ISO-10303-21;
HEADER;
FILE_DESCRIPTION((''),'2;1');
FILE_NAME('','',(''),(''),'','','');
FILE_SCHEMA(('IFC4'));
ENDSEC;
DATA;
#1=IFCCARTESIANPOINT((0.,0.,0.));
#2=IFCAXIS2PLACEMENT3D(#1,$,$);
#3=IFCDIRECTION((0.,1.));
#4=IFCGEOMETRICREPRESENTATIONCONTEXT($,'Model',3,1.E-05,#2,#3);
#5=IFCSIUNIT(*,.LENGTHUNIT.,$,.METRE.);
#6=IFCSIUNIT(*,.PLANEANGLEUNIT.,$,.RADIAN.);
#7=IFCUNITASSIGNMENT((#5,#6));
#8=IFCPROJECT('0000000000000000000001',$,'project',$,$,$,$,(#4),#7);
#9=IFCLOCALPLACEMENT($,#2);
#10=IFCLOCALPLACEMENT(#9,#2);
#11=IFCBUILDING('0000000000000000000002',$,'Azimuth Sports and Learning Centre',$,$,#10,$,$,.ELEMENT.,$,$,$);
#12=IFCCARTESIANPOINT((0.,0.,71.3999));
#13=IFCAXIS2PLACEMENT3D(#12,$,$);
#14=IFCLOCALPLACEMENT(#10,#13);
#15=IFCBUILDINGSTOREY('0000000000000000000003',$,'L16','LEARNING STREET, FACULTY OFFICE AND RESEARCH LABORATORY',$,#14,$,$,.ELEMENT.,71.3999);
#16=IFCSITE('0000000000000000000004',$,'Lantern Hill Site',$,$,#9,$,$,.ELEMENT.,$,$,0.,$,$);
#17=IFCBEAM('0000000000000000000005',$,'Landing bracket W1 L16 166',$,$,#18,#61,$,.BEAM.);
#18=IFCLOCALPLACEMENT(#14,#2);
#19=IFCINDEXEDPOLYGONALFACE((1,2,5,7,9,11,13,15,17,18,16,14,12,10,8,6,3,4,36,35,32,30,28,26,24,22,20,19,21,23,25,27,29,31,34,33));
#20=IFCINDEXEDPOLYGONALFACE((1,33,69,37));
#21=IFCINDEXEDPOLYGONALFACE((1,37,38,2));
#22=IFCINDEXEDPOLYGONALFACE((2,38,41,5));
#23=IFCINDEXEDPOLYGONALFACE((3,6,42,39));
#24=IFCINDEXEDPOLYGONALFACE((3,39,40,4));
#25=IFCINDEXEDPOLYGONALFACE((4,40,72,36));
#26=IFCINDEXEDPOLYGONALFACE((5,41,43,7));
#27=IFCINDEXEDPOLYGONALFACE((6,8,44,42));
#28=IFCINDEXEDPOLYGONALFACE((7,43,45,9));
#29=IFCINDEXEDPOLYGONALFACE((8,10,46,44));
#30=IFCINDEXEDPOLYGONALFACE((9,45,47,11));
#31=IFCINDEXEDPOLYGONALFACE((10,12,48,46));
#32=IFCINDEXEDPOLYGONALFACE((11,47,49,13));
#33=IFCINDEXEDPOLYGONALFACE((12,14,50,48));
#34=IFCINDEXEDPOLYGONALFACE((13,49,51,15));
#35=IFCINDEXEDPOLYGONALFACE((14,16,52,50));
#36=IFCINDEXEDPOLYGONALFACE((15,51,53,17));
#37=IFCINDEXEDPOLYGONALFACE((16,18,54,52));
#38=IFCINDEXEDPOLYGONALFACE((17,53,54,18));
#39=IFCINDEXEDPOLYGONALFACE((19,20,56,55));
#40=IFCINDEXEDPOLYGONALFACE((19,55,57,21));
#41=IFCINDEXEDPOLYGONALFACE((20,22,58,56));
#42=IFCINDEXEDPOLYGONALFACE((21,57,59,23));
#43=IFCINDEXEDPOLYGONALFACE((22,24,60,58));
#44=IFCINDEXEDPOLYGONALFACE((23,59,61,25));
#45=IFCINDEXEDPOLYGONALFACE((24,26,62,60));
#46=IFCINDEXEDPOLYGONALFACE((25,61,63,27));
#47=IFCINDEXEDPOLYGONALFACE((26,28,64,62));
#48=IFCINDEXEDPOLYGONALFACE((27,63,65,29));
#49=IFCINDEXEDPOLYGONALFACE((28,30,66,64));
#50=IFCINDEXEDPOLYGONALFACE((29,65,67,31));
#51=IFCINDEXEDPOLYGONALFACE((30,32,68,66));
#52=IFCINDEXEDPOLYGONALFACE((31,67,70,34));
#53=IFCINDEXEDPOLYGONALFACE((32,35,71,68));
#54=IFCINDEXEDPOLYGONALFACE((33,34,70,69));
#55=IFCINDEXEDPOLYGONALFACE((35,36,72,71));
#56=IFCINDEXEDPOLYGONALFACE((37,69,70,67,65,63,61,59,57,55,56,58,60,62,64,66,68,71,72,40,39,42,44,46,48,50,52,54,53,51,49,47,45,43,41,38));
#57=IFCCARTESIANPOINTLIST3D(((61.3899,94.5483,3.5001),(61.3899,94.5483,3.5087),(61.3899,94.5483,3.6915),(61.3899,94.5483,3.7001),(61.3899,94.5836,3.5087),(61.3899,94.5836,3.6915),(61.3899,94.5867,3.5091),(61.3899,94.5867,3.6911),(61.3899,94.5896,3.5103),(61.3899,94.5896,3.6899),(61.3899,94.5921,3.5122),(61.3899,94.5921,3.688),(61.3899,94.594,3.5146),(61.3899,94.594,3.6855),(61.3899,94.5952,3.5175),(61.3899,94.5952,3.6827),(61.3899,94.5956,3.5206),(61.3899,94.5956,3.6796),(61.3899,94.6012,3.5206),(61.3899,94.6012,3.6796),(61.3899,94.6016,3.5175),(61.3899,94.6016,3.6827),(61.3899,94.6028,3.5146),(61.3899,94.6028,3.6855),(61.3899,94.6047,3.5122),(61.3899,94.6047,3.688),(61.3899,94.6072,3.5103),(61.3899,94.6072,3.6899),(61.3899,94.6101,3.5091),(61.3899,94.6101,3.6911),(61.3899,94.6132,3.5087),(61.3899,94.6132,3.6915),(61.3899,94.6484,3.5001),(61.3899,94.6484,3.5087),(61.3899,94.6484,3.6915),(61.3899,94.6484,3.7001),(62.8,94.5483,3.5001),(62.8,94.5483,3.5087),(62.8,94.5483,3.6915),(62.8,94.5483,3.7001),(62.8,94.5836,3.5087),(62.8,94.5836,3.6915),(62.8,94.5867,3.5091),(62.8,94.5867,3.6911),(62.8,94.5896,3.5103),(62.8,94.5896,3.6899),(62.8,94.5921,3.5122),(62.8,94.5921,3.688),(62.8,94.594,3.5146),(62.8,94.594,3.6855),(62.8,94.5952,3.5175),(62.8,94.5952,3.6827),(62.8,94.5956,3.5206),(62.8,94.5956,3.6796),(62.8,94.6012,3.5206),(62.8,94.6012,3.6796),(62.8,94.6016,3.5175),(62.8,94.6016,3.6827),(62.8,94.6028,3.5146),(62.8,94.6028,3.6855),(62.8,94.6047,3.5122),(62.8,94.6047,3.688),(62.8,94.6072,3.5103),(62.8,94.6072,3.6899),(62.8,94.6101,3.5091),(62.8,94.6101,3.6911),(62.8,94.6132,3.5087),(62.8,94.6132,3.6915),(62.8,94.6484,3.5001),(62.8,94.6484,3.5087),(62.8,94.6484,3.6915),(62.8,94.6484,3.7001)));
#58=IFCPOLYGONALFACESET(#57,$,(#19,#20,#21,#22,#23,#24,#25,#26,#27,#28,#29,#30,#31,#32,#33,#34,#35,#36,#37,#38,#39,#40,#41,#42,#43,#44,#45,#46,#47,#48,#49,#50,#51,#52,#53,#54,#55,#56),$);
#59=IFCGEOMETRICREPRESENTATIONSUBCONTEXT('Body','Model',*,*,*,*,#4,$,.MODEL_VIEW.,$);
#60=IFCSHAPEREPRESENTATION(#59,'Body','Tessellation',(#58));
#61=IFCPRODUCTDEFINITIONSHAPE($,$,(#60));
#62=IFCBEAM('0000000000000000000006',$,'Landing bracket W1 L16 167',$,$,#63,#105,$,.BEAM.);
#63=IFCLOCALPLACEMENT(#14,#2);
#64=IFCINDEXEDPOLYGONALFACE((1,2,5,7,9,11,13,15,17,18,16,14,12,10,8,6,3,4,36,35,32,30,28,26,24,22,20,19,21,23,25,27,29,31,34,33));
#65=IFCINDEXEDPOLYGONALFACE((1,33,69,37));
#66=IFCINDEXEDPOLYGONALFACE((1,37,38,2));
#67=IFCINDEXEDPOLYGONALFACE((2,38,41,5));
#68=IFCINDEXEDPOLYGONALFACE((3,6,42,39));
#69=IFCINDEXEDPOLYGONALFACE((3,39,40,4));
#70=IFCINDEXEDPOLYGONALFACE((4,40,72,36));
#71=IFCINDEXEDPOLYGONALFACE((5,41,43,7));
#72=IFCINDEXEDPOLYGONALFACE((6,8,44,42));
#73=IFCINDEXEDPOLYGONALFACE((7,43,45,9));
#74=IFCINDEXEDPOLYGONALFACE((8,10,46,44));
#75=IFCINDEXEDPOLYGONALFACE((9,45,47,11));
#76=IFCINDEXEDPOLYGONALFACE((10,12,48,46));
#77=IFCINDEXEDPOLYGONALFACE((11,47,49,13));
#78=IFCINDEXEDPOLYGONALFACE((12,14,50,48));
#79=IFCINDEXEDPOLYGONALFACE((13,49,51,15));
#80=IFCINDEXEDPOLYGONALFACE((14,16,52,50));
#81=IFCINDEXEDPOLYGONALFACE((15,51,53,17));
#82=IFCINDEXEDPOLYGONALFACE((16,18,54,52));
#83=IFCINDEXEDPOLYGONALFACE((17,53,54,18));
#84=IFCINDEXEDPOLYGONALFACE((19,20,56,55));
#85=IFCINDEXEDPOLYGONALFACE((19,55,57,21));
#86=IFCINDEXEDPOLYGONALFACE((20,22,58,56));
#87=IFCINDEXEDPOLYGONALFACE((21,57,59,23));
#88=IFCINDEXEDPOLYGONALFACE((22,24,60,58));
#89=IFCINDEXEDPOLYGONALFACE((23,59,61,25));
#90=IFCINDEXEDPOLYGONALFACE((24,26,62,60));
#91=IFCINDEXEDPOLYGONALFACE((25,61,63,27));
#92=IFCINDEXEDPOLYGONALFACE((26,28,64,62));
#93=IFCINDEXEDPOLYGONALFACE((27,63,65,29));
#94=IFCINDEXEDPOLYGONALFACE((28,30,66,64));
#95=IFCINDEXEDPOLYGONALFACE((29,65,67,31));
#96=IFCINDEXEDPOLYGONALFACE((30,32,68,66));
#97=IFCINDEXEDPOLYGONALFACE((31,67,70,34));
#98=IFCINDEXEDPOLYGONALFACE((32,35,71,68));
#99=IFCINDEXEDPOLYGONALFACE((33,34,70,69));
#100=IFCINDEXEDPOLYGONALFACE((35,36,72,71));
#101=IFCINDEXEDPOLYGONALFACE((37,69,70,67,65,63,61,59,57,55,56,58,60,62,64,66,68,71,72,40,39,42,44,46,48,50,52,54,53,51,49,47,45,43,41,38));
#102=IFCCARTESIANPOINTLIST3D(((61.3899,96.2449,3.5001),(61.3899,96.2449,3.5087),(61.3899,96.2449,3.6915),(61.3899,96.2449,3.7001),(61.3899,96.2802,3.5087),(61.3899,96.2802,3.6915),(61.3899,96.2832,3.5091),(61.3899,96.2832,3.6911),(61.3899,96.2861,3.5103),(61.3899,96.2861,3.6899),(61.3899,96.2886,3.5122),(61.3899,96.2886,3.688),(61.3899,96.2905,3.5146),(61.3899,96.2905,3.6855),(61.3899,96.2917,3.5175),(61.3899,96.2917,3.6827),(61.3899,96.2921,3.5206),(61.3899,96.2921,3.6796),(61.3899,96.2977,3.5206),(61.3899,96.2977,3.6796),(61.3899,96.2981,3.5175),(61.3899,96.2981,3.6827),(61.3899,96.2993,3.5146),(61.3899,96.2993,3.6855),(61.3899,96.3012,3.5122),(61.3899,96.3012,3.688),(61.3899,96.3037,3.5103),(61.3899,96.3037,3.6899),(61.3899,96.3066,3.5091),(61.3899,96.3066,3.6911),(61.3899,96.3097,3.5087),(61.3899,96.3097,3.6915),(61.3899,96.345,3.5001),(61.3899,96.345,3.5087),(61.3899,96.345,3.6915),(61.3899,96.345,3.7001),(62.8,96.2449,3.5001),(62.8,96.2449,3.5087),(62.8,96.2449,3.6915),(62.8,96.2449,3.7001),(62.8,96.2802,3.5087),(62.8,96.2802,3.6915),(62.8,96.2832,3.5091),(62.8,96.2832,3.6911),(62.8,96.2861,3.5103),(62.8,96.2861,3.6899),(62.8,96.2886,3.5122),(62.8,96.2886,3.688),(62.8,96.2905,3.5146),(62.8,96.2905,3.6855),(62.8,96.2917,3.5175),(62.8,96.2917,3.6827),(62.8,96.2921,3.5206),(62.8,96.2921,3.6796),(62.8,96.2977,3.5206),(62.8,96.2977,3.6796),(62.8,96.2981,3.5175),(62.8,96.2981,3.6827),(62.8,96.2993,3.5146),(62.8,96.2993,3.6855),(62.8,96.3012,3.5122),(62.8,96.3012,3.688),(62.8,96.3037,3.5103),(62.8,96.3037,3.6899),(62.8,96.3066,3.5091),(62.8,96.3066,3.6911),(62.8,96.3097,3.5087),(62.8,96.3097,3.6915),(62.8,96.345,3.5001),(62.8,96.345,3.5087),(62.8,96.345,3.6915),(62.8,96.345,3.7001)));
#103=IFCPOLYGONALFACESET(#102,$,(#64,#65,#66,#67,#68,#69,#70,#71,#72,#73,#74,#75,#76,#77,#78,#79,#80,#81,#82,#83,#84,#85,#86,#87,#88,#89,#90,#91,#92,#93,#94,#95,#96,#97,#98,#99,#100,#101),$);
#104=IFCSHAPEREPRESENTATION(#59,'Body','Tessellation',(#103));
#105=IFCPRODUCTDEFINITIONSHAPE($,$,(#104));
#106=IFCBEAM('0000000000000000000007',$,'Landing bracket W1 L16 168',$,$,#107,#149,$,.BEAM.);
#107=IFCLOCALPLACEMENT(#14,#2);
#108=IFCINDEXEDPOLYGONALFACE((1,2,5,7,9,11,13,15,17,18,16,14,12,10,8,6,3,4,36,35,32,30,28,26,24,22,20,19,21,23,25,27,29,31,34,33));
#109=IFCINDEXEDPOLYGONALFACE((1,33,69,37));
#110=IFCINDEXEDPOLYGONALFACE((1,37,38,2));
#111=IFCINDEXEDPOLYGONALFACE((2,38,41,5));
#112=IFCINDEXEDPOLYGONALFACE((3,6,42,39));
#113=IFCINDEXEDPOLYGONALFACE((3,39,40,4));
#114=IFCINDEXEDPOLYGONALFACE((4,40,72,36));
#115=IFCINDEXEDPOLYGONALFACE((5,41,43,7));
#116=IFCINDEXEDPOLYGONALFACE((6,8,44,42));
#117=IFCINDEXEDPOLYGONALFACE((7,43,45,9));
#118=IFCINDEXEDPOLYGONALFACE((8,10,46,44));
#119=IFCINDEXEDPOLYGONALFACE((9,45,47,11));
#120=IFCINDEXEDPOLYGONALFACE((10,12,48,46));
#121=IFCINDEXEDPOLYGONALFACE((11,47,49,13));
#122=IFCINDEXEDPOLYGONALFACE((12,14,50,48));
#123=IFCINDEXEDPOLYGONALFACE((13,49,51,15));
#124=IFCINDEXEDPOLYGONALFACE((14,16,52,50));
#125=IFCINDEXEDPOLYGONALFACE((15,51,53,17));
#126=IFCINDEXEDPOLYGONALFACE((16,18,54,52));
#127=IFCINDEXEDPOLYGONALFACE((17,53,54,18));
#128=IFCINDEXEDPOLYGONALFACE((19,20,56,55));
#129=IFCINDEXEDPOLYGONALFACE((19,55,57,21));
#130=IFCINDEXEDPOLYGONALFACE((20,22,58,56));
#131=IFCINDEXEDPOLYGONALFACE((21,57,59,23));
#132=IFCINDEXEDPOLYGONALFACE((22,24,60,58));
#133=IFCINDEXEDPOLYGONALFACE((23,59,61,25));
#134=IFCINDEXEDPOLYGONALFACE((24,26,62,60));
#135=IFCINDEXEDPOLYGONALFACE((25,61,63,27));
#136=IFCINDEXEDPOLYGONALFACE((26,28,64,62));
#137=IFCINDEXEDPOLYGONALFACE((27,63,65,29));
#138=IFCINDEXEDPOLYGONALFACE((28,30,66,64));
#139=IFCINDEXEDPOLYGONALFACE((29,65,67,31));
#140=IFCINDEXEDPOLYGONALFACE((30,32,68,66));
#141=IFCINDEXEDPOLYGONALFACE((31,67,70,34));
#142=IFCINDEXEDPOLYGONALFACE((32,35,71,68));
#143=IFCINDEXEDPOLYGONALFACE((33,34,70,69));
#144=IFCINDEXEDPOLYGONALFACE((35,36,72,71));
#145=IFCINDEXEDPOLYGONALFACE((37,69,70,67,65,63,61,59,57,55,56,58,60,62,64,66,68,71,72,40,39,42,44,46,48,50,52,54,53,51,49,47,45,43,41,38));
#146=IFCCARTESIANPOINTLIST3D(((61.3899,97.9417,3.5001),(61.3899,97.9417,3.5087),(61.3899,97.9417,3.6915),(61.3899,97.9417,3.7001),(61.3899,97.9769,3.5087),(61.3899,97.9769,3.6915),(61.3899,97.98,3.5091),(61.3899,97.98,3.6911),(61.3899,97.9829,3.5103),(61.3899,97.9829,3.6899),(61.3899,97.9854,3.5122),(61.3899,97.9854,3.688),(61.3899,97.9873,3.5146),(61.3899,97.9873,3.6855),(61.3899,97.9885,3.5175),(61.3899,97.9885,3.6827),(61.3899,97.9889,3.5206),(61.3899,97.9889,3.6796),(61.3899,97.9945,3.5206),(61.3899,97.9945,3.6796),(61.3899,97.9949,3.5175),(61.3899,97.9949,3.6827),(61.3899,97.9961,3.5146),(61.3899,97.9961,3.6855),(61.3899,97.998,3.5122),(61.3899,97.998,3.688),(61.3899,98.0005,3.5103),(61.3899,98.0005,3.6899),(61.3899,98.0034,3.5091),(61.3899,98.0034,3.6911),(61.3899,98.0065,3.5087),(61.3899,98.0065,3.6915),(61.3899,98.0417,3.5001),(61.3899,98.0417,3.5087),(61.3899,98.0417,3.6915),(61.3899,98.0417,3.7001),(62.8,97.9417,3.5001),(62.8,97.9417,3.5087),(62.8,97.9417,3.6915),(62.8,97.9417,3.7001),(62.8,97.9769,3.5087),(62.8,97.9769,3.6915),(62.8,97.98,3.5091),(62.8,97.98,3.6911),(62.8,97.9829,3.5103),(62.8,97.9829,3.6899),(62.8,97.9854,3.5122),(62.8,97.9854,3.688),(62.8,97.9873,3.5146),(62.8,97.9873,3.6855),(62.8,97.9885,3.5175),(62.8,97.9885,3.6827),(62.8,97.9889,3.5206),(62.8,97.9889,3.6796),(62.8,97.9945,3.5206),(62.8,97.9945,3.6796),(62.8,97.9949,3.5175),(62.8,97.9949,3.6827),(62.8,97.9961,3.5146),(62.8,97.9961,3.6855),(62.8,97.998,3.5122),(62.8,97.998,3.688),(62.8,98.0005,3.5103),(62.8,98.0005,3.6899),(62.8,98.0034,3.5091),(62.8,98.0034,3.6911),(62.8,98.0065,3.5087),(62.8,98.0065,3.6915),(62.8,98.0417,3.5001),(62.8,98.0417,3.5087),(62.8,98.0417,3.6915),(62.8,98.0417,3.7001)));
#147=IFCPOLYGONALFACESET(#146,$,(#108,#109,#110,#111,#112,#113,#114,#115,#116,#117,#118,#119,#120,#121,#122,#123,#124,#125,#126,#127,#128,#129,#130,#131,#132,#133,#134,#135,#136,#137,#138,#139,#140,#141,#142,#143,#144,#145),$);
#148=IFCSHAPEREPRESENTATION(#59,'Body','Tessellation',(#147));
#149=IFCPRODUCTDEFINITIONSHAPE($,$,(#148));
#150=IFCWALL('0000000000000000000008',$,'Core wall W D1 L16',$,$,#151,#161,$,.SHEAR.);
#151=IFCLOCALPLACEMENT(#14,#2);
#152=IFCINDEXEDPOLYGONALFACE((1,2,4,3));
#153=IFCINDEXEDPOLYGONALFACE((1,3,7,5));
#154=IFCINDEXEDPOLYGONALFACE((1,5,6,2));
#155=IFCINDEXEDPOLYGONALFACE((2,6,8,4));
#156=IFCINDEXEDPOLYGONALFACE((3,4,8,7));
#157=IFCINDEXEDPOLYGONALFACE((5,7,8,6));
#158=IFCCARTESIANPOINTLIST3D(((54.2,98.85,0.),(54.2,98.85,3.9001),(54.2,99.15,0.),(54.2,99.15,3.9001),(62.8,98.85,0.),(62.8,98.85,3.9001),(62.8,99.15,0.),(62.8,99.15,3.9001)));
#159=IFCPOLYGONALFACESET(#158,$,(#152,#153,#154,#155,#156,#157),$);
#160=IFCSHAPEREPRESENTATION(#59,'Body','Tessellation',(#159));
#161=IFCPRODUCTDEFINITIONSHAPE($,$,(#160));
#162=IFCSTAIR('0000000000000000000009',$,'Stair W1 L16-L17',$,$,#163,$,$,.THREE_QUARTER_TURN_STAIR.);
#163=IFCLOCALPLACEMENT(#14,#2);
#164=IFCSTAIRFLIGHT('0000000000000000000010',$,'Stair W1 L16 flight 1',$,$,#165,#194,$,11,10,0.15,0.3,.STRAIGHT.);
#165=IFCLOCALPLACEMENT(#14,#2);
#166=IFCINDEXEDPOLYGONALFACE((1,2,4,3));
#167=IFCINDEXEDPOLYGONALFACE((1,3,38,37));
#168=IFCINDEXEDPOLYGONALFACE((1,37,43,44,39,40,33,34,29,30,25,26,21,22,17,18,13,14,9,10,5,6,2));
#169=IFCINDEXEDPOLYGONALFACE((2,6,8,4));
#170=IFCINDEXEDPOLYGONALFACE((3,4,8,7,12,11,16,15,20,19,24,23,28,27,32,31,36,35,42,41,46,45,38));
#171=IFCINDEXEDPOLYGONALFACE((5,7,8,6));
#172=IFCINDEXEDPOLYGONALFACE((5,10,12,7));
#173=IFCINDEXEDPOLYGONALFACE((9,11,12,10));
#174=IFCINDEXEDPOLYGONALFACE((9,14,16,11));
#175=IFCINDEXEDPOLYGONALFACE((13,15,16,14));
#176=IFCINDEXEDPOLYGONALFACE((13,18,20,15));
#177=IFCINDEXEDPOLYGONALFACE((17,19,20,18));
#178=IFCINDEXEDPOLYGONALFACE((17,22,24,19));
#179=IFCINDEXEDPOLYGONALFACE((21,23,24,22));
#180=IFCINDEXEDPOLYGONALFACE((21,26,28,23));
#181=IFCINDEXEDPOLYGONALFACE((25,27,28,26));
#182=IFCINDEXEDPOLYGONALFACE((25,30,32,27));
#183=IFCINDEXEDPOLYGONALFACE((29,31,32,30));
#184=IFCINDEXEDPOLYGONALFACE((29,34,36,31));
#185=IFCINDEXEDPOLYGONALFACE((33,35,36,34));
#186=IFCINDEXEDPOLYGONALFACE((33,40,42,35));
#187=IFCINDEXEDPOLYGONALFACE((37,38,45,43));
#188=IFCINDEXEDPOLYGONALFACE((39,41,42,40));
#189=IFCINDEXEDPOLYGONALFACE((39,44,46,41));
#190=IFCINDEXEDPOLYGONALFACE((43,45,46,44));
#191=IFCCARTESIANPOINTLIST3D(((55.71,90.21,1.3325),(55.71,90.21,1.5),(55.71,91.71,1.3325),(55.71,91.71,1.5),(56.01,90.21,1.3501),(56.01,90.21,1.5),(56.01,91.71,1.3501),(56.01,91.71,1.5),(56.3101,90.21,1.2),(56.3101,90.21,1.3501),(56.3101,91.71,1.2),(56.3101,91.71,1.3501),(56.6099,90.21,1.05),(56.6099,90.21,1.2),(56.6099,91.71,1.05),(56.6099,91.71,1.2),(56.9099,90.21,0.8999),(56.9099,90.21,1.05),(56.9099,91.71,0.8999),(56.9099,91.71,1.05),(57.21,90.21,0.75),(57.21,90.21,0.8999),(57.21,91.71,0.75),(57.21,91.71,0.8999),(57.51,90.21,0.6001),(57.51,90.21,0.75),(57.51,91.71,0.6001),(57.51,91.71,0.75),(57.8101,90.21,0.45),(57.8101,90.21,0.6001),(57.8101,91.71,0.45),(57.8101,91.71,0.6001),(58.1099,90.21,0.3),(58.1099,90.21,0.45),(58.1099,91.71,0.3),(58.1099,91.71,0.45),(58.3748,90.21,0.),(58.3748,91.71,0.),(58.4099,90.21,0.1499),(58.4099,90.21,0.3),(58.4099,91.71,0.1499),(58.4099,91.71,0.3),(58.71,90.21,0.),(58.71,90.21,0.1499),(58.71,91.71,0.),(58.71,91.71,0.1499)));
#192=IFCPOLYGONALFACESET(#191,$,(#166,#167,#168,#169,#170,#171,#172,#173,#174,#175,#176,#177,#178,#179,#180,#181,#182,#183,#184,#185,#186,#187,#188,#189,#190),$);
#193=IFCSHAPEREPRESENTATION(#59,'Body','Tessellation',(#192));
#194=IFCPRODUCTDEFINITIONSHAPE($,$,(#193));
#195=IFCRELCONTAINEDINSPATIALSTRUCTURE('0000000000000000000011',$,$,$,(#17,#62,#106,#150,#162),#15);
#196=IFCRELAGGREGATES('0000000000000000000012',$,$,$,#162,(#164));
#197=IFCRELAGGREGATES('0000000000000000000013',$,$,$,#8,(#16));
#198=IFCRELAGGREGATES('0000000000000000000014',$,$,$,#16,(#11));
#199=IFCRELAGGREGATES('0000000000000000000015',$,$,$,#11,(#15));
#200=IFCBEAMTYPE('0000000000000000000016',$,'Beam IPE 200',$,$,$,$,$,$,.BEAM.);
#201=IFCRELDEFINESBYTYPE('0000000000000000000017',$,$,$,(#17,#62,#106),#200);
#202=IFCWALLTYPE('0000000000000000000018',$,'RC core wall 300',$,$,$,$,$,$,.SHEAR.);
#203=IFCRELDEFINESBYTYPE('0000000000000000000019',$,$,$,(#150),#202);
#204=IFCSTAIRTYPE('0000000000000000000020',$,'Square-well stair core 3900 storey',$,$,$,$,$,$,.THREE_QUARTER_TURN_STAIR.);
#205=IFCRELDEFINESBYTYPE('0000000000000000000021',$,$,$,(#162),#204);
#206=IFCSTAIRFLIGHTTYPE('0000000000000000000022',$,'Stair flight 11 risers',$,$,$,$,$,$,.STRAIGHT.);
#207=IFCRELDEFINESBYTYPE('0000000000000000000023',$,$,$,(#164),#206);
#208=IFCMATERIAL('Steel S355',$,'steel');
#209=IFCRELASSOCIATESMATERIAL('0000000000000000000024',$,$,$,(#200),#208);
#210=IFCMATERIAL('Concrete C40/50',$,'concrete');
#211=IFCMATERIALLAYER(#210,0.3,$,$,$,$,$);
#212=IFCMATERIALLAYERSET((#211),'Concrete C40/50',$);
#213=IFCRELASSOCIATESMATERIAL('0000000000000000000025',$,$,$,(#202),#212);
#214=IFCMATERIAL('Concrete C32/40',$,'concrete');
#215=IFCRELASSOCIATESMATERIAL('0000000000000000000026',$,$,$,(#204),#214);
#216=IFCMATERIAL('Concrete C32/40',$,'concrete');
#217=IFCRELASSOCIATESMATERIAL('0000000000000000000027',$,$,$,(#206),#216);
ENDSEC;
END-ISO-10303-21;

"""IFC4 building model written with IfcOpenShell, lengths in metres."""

from ifc_helpers import new_model, si_unit, direction, frame, frame_2d, origin, origin_2d, place, context, subcontext, project, spatial, polyline, rectangle, i_section, outline, extrude, material, layer, layer_set, material_profile, profile_set, type_object, element, aggregate, save


model = new_model("IFC4")

# Units and contexts
model_context = context("Model", 3, precision=1e-05, world=origin(), true_north=direction((0.0, 1.0)))
body_context = subcontext(model_context, "Body", "Model", "MODEL_VIEW")
ifc_project = project(units=[si_unit("LENGTHUNIT", "METRE"), si_unit("PLANEANGLEUNIT", "RADIAN")], contexts=[model_context])

# Site, building, storey
site_placement = place(None, origin())
site = spatial("IfcSite", under=ifc_project, at=site_placement, Name="Lantern Hill Site", CompositionType="ELEMENT", RefElevation=0.0)
building_placement = place(site_placement, origin())
building = spatial("IfcBuilding", under=site, at=building_placement, Name="Azimuth Sports and Learning Centre", CompositionType="ELEMENT")
storey_placement = place(building_placement, frame((0.0, 0.0, 71.3999)))
storey = spatial("IfcBuildingStorey", under=building, at=storey_placement, Name="L16", Description="LEARNING STREET, FACULTY OFFICE AND RESEARCH LABORATORY", CompositionType="ELEMENT", Elevation=71.3999)

# Beams
ifc_material_1 = material(Name="Steel S355", Category="steel")
ifc_material_profile = material_profile(ifc_material_1, i_section(OverallWidth=0.1001, OverallDepth=0.2, WebThickness=0.0056, FlangeThickness=0.0085, FilletRadius=0.012, at=origin_2d()), Name="IPE 200")
ifc_profile_set = profile_set([ifc_material_profile], Name="Steel S355")
beam_type = type_object("IfcBeamType", Name="Beam IPE 200", PredefinedType="BEAM", material=ifc_profile_set)
for number, where, z_axis, x_axis, name in (
    (1, (62.8, 94.5984, 3.6001), (-1.0, 0.0, 0.0), (0.0, -1.0, 0.0), "Landing bracket W1 L16 166"),
    (2, (62.8, 96.2949, 3.6001), (-1.0, 0.0, 0.0), (0.0, -1.0, 0.0), "Landing bracket W1 L16 167"),
    (3, (62.8, 97.9917, 3.6001), (-1.0, 0.0, 0.0), (0.0, -1.0, 0.0), "Landing bracket W1 L16 168"),
):
    element("IfcBeam", number, at=place(storey_placement, frame(where, z_axis=z_axis, x_axis=x_axis)), inside=storey, type_object=beam_type, Name=name, PredefinedType="BEAM", context=body_context, shape_type="SweptSolid", body=[
        extrude(i_section(OverallWidth=0.1001, OverallDepth=0.2, WebThickness=0.0056, FlangeThickness=0.0085, FilletRadius=0.012, at=origin_2d()), origin(), (0.0, 0.0, 1.0), 1.4102),
    ])

# Wall
ifc_material_2 = material(Name="Concrete C40/50", Category="concrete")
ifc_layer_1 = layer(ifc_material_2, 0.3)
ifc_layer_set_1 = layer_set([ifc_layer_1], Name="Concrete C40/50")
wall_type = type_object("IfcWallType", Name="RC core wall 300", PredefinedType="SHEAR", material=ifc_layer_set_1)
wall_placement = place(storey_placement, frame((54.2, 99.0, 0.0), z_axis=(0.0, 0.0, 1.0), x_axis=(1.0, 0.0, 0.0)))
element("IfcWall", 4, at=wall_placement, inside=storey, type_object=wall_type, Name="Core wall W D1 L16", PredefinedType="SHEAR", context=body_context, shape_type="SweptSolid", body=[
    extrude(rectangle(XDim=8.6001, YDim=0.3, at=frame_2d((4.3, 0.0))), origin(), (0.0, 0.0, 1.0), 3.9001),
])

# Stair, stair flight
ifc_material_3 = material(Name="Concrete C32/40", Category="concrete")
stair_type = type_object("IfcStairType", Name="Square-well stair core 3900 storey", PredefinedType="THREE_QUARTER_TURN_STAIR", material=ifc_material_3)
stair_placement = place(storey_placement, origin())
stair = element("IfcStair", 5, at=stair_placement, inside=storey, type_object=stair_type, Name="Stair W1 L16-L17", PredefinedType="THREE_QUARTER_TURN_STAIR")
ifc_material_4 = material(Name="Concrete C32/40", Category="concrete")
stair_flight_type_1 = type_object("IfcStairFlightType", Name="Stair flight 11 risers", PredefinedType="STRAIGHT", material=ifc_material_4)
stair_flight_1_placement = place(storey_placement, frame((58.71, 90.96, 0.0), z_axis=(0.0, 0.0, 1.0), x_axis=(-1.0, 0.0, 0.0)))
stair_flight_1 = element("IfcStairFlight", 6, at=stair_flight_1_placement, type_object=stair_flight_type_1, Name="Stair W1 L16 flight 1", NumberOfRisers=11, NumberOfTreads=10, PredefinedType="STRAIGHT", RiserHeight=0.15, TreadLength=0.3, context=body_context, shape_type="SweptSolid", body=[
    extrude(outline(polyline([(0.0, 0.0), (0.0, 0.1499), (0.3, 0.1499), (0.3, 0.3), (0.6001, 0.3), (0.6001, 0.45), (0.8999, 0.45), (0.8999, 0.6001), (1.2, 0.6001), (1.2, 0.75), (1.5, 0.75), (1.5, 0.8999), (1.8, 0.8999), (1.8, 1.05), (2.1001, 1.05), (2.1001, 1.2), (2.3999, 1.2), (2.3999, 1.3501), (2.7, 1.3501), (2.7, 1.5), (3.0, 1.5), (3.0, 1.6499), (3.0, 1.3325), (0.3352, 0.0), (0.0, 0.0)])), frame((0.0, 0.75, 0.0), z_axis=(0.0, -1.0, 0.0), x_axis=(1.0, 0.0, 0.0)), (0.0, 0.0, 1.0), 1.5),
])
aggregate(stair, [stair_flight_1])

save(model, "model.ifc")
